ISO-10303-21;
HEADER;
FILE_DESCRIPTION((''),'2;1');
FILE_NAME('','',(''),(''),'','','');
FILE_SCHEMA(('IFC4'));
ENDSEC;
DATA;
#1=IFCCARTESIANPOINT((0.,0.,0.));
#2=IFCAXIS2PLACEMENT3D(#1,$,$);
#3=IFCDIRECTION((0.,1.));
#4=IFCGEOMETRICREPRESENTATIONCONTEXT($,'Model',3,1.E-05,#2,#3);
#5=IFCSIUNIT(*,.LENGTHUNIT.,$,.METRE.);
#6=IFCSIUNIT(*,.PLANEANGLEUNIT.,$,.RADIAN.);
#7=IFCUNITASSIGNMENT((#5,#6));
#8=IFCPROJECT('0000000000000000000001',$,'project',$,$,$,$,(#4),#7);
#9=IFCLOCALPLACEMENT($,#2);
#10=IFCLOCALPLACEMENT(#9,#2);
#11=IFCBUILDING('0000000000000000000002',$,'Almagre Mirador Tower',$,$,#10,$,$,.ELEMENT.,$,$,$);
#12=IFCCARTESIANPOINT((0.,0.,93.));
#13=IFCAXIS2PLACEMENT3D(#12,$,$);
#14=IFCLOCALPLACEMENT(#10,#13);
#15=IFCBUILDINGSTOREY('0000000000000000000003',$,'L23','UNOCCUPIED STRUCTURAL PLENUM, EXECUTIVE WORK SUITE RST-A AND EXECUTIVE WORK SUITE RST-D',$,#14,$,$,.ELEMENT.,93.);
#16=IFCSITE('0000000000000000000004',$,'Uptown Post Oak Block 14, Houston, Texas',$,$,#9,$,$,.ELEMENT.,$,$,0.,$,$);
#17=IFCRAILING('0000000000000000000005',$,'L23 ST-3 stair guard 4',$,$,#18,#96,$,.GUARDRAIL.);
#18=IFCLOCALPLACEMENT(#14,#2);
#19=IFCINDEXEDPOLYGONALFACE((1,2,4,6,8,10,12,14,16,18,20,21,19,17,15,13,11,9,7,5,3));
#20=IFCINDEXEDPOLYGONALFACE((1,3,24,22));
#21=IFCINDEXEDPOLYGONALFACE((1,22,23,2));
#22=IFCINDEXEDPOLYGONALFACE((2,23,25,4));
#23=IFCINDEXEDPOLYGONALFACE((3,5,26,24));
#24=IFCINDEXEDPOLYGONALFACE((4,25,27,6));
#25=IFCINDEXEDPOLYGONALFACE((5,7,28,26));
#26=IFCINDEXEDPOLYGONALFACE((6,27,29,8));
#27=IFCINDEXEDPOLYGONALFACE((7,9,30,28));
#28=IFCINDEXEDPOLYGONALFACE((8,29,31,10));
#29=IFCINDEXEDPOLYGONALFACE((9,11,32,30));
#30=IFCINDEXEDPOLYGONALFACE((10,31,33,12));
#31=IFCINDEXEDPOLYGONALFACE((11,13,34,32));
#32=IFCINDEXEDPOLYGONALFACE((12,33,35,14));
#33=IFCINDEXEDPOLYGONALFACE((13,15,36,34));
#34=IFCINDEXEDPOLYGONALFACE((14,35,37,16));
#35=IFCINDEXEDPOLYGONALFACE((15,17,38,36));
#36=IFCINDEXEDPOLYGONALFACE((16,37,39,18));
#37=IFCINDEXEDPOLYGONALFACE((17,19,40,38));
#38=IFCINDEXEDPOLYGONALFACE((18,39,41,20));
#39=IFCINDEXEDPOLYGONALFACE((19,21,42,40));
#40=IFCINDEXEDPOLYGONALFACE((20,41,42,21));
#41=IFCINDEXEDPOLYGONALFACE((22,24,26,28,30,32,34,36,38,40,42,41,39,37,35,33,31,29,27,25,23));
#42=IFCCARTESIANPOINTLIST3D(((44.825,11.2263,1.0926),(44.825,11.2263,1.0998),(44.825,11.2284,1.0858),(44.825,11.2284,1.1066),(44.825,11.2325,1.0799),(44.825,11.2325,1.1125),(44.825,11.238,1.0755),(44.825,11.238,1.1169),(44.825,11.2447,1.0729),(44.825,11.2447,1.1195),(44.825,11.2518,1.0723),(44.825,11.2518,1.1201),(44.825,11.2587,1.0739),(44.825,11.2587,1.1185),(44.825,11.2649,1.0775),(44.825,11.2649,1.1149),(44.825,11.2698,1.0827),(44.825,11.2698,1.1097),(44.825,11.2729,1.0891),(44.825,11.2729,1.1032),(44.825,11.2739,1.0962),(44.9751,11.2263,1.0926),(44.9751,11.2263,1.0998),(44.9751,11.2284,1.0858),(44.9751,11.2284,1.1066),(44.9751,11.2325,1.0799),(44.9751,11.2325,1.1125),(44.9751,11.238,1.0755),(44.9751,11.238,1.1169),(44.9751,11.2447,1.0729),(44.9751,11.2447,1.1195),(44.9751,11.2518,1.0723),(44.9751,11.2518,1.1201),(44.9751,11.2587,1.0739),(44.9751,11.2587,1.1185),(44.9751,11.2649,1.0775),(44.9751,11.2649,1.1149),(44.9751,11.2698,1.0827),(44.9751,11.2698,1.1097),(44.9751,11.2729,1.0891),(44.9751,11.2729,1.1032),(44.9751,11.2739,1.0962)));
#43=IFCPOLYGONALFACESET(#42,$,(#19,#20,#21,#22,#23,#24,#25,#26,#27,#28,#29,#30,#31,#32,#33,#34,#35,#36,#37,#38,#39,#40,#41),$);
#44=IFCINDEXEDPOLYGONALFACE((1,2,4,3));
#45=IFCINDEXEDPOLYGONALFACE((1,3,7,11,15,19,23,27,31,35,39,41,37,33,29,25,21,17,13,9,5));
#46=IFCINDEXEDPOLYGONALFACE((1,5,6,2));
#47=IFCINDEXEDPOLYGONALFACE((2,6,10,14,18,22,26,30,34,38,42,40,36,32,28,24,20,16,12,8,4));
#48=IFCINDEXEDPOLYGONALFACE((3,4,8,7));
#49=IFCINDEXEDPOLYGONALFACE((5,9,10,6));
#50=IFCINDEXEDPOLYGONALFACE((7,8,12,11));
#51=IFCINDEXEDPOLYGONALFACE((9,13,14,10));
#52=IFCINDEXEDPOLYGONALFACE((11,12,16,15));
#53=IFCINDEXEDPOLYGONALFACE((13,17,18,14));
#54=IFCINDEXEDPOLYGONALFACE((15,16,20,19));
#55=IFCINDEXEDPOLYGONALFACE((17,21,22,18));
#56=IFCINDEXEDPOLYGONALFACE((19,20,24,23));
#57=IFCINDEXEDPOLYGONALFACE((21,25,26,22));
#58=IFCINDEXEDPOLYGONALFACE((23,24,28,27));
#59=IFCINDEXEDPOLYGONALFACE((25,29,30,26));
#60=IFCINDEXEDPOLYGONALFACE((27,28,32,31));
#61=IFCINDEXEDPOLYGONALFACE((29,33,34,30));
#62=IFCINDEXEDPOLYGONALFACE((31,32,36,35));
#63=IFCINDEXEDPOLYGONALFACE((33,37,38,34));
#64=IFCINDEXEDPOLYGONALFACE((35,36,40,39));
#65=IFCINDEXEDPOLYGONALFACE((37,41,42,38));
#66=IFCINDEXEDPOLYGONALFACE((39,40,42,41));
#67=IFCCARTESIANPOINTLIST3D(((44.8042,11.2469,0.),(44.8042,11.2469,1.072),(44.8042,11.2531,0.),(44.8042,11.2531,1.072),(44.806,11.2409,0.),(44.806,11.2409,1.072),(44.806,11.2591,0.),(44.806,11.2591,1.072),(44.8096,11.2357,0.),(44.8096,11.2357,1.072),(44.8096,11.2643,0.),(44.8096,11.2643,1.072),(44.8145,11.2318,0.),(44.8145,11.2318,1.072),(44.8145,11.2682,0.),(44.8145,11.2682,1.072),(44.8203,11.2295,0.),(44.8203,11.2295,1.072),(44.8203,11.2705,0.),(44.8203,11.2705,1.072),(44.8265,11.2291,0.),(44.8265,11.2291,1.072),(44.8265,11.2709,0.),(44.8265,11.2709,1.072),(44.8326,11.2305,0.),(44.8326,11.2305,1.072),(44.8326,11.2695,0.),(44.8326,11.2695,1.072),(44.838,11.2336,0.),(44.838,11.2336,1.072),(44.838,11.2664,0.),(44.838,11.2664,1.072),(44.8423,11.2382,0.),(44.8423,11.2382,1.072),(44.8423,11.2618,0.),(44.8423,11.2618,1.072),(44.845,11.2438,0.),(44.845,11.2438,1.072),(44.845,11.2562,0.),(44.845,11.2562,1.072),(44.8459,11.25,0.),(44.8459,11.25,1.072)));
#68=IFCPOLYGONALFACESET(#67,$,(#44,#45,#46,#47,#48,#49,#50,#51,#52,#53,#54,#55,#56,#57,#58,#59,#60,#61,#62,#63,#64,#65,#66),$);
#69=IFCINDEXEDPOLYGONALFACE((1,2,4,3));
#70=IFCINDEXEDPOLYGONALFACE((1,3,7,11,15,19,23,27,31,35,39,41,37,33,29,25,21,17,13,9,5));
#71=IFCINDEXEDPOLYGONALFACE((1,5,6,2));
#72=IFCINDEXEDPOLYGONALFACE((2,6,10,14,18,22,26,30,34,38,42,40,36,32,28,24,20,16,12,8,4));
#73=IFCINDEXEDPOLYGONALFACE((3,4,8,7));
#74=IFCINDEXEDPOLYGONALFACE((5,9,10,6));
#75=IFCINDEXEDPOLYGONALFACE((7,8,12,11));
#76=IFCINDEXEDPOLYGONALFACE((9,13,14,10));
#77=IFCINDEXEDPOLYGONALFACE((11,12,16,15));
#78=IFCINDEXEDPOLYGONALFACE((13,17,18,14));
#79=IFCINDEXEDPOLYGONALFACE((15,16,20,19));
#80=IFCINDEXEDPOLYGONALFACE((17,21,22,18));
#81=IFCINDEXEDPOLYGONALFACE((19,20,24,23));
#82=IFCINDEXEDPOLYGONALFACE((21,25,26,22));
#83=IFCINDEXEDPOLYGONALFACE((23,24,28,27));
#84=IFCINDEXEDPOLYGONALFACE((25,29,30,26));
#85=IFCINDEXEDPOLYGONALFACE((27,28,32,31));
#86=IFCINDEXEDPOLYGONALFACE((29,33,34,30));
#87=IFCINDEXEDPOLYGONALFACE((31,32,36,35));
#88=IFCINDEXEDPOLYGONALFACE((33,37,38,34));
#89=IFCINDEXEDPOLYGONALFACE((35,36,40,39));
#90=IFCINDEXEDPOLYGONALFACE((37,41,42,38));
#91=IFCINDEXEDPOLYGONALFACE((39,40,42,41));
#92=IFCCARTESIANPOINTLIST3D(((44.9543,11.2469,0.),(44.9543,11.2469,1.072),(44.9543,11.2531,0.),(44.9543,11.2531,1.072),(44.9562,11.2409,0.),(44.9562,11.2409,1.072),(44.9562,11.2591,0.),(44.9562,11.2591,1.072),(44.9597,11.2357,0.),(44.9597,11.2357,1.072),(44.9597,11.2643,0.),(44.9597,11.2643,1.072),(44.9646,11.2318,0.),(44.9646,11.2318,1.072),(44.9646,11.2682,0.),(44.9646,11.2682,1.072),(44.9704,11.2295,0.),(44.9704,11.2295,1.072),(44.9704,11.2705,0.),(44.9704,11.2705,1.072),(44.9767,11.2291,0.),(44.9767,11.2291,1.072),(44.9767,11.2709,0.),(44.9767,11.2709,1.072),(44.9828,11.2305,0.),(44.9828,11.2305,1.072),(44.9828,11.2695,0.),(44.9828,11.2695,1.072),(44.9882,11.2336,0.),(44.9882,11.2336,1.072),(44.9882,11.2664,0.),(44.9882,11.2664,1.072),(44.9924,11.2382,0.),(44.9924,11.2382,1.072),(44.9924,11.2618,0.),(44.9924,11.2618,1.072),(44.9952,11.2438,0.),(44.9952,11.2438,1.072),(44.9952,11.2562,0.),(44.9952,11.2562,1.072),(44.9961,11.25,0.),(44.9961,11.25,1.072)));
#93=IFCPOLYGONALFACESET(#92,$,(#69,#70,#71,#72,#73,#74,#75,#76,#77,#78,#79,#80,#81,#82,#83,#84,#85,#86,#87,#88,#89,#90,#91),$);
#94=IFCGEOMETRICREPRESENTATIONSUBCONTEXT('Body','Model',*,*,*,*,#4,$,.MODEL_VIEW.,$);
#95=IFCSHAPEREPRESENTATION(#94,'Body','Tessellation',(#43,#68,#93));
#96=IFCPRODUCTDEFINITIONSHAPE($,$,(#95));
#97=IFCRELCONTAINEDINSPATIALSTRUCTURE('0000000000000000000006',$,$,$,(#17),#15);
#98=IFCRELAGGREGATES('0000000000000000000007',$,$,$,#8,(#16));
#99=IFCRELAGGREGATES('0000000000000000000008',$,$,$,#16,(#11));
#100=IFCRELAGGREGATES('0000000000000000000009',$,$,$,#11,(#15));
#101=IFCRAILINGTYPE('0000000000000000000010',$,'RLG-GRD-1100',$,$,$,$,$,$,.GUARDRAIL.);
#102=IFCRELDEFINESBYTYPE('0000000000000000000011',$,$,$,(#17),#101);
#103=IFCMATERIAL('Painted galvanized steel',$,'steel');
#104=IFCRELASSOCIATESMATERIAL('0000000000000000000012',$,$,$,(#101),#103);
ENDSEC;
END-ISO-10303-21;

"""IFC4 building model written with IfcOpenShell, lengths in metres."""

from ifc_helpers import new_model, si_unit, direction, frame, origin, origin_2d, place, context, subcontext, project, spatial, circle, extrude, material, type_object, element, save


model = new_model("IFC4")

# Units and contexts
model_context = context("Model", 3, precision=1e-05, world=origin(), true_north=direction((0.0, 1.0)))
body_context = subcontext(model_context, "Body", "Model", "MODEL_VIEW")
ifc_project = project(units=[si_unit("LENGTHUNIT", "METRE"), si_unit("PLANEANGLEUNIT", "RADIAN")], contexts=[model_context])

# Site, building, storey
site_placement = place(None, origin())
site = spatial("IfcSite", under=ifc_project, at=site_placement, Name="Uptown Post Oak Block 14, Houston, Texas", CompositionType="ELEMENT", RefElevation=0.0)
building_placement = place(site_placement, origin())
building = spatial("IfcBuilding", under=site, at=building_placement, Name="Almagre Mirador Tower", CompositionType="ELEMENT")
storey_placement = place(building_placement, frame((0.0, 0.0, 93.0)))
storey = spatial("IfcBuildingStorey", under=building, at=storey_placement, Name="L23", Description="UNOCCUPIED STRUCTURAL PLENUM, EXECUTIVE WORK SUITE RST-A AND EXECUTIVE WORK SUITE RST-D", CompositionType="ELEMENT", Elevation=93.0)

# Railing
ifc_material_1 = material(Name="Painted galvanized steel", Category="steel")
railing_type_1 = type_object("IfcRailingType", Name="RLG-GRD-1100", PredefinedType="GUARDRAIL", material=ifc_material_1)
railing_1_placement = place(storey_placement, frame((44.825, 11.25, 0.0)))
element("IfcRailing", 1, at=railing_1_placement, inside=storey, type_object=railing_type_1, Name="L23 ST-3 stair guard 4", PredefinedType="GUARDRAIL", context=body_context, shape_type="SweptSolid", body=[
    extrude(circle(Radius=0.0239, at=origin_2d()), frame((0.0, 0.0, 1.0962), z_axis=(1.0, 0.0, 0.0), x_axis=(0.0, 1.0, 0.0)), (0.0, 0.0, 1.0), 0.1501),
    extrude(circle(Radius=0.021, at=origin_2d()), origin(), (0.0, 0.0, 1.0), 1.072),
    extrude(circle(Radius=0.021, at=origin_2d()), frame((0.1501, 0.0, 0.0)), (0.0, 0.0, 1.0), 1.072),
])

save(model, "model.ifc")
